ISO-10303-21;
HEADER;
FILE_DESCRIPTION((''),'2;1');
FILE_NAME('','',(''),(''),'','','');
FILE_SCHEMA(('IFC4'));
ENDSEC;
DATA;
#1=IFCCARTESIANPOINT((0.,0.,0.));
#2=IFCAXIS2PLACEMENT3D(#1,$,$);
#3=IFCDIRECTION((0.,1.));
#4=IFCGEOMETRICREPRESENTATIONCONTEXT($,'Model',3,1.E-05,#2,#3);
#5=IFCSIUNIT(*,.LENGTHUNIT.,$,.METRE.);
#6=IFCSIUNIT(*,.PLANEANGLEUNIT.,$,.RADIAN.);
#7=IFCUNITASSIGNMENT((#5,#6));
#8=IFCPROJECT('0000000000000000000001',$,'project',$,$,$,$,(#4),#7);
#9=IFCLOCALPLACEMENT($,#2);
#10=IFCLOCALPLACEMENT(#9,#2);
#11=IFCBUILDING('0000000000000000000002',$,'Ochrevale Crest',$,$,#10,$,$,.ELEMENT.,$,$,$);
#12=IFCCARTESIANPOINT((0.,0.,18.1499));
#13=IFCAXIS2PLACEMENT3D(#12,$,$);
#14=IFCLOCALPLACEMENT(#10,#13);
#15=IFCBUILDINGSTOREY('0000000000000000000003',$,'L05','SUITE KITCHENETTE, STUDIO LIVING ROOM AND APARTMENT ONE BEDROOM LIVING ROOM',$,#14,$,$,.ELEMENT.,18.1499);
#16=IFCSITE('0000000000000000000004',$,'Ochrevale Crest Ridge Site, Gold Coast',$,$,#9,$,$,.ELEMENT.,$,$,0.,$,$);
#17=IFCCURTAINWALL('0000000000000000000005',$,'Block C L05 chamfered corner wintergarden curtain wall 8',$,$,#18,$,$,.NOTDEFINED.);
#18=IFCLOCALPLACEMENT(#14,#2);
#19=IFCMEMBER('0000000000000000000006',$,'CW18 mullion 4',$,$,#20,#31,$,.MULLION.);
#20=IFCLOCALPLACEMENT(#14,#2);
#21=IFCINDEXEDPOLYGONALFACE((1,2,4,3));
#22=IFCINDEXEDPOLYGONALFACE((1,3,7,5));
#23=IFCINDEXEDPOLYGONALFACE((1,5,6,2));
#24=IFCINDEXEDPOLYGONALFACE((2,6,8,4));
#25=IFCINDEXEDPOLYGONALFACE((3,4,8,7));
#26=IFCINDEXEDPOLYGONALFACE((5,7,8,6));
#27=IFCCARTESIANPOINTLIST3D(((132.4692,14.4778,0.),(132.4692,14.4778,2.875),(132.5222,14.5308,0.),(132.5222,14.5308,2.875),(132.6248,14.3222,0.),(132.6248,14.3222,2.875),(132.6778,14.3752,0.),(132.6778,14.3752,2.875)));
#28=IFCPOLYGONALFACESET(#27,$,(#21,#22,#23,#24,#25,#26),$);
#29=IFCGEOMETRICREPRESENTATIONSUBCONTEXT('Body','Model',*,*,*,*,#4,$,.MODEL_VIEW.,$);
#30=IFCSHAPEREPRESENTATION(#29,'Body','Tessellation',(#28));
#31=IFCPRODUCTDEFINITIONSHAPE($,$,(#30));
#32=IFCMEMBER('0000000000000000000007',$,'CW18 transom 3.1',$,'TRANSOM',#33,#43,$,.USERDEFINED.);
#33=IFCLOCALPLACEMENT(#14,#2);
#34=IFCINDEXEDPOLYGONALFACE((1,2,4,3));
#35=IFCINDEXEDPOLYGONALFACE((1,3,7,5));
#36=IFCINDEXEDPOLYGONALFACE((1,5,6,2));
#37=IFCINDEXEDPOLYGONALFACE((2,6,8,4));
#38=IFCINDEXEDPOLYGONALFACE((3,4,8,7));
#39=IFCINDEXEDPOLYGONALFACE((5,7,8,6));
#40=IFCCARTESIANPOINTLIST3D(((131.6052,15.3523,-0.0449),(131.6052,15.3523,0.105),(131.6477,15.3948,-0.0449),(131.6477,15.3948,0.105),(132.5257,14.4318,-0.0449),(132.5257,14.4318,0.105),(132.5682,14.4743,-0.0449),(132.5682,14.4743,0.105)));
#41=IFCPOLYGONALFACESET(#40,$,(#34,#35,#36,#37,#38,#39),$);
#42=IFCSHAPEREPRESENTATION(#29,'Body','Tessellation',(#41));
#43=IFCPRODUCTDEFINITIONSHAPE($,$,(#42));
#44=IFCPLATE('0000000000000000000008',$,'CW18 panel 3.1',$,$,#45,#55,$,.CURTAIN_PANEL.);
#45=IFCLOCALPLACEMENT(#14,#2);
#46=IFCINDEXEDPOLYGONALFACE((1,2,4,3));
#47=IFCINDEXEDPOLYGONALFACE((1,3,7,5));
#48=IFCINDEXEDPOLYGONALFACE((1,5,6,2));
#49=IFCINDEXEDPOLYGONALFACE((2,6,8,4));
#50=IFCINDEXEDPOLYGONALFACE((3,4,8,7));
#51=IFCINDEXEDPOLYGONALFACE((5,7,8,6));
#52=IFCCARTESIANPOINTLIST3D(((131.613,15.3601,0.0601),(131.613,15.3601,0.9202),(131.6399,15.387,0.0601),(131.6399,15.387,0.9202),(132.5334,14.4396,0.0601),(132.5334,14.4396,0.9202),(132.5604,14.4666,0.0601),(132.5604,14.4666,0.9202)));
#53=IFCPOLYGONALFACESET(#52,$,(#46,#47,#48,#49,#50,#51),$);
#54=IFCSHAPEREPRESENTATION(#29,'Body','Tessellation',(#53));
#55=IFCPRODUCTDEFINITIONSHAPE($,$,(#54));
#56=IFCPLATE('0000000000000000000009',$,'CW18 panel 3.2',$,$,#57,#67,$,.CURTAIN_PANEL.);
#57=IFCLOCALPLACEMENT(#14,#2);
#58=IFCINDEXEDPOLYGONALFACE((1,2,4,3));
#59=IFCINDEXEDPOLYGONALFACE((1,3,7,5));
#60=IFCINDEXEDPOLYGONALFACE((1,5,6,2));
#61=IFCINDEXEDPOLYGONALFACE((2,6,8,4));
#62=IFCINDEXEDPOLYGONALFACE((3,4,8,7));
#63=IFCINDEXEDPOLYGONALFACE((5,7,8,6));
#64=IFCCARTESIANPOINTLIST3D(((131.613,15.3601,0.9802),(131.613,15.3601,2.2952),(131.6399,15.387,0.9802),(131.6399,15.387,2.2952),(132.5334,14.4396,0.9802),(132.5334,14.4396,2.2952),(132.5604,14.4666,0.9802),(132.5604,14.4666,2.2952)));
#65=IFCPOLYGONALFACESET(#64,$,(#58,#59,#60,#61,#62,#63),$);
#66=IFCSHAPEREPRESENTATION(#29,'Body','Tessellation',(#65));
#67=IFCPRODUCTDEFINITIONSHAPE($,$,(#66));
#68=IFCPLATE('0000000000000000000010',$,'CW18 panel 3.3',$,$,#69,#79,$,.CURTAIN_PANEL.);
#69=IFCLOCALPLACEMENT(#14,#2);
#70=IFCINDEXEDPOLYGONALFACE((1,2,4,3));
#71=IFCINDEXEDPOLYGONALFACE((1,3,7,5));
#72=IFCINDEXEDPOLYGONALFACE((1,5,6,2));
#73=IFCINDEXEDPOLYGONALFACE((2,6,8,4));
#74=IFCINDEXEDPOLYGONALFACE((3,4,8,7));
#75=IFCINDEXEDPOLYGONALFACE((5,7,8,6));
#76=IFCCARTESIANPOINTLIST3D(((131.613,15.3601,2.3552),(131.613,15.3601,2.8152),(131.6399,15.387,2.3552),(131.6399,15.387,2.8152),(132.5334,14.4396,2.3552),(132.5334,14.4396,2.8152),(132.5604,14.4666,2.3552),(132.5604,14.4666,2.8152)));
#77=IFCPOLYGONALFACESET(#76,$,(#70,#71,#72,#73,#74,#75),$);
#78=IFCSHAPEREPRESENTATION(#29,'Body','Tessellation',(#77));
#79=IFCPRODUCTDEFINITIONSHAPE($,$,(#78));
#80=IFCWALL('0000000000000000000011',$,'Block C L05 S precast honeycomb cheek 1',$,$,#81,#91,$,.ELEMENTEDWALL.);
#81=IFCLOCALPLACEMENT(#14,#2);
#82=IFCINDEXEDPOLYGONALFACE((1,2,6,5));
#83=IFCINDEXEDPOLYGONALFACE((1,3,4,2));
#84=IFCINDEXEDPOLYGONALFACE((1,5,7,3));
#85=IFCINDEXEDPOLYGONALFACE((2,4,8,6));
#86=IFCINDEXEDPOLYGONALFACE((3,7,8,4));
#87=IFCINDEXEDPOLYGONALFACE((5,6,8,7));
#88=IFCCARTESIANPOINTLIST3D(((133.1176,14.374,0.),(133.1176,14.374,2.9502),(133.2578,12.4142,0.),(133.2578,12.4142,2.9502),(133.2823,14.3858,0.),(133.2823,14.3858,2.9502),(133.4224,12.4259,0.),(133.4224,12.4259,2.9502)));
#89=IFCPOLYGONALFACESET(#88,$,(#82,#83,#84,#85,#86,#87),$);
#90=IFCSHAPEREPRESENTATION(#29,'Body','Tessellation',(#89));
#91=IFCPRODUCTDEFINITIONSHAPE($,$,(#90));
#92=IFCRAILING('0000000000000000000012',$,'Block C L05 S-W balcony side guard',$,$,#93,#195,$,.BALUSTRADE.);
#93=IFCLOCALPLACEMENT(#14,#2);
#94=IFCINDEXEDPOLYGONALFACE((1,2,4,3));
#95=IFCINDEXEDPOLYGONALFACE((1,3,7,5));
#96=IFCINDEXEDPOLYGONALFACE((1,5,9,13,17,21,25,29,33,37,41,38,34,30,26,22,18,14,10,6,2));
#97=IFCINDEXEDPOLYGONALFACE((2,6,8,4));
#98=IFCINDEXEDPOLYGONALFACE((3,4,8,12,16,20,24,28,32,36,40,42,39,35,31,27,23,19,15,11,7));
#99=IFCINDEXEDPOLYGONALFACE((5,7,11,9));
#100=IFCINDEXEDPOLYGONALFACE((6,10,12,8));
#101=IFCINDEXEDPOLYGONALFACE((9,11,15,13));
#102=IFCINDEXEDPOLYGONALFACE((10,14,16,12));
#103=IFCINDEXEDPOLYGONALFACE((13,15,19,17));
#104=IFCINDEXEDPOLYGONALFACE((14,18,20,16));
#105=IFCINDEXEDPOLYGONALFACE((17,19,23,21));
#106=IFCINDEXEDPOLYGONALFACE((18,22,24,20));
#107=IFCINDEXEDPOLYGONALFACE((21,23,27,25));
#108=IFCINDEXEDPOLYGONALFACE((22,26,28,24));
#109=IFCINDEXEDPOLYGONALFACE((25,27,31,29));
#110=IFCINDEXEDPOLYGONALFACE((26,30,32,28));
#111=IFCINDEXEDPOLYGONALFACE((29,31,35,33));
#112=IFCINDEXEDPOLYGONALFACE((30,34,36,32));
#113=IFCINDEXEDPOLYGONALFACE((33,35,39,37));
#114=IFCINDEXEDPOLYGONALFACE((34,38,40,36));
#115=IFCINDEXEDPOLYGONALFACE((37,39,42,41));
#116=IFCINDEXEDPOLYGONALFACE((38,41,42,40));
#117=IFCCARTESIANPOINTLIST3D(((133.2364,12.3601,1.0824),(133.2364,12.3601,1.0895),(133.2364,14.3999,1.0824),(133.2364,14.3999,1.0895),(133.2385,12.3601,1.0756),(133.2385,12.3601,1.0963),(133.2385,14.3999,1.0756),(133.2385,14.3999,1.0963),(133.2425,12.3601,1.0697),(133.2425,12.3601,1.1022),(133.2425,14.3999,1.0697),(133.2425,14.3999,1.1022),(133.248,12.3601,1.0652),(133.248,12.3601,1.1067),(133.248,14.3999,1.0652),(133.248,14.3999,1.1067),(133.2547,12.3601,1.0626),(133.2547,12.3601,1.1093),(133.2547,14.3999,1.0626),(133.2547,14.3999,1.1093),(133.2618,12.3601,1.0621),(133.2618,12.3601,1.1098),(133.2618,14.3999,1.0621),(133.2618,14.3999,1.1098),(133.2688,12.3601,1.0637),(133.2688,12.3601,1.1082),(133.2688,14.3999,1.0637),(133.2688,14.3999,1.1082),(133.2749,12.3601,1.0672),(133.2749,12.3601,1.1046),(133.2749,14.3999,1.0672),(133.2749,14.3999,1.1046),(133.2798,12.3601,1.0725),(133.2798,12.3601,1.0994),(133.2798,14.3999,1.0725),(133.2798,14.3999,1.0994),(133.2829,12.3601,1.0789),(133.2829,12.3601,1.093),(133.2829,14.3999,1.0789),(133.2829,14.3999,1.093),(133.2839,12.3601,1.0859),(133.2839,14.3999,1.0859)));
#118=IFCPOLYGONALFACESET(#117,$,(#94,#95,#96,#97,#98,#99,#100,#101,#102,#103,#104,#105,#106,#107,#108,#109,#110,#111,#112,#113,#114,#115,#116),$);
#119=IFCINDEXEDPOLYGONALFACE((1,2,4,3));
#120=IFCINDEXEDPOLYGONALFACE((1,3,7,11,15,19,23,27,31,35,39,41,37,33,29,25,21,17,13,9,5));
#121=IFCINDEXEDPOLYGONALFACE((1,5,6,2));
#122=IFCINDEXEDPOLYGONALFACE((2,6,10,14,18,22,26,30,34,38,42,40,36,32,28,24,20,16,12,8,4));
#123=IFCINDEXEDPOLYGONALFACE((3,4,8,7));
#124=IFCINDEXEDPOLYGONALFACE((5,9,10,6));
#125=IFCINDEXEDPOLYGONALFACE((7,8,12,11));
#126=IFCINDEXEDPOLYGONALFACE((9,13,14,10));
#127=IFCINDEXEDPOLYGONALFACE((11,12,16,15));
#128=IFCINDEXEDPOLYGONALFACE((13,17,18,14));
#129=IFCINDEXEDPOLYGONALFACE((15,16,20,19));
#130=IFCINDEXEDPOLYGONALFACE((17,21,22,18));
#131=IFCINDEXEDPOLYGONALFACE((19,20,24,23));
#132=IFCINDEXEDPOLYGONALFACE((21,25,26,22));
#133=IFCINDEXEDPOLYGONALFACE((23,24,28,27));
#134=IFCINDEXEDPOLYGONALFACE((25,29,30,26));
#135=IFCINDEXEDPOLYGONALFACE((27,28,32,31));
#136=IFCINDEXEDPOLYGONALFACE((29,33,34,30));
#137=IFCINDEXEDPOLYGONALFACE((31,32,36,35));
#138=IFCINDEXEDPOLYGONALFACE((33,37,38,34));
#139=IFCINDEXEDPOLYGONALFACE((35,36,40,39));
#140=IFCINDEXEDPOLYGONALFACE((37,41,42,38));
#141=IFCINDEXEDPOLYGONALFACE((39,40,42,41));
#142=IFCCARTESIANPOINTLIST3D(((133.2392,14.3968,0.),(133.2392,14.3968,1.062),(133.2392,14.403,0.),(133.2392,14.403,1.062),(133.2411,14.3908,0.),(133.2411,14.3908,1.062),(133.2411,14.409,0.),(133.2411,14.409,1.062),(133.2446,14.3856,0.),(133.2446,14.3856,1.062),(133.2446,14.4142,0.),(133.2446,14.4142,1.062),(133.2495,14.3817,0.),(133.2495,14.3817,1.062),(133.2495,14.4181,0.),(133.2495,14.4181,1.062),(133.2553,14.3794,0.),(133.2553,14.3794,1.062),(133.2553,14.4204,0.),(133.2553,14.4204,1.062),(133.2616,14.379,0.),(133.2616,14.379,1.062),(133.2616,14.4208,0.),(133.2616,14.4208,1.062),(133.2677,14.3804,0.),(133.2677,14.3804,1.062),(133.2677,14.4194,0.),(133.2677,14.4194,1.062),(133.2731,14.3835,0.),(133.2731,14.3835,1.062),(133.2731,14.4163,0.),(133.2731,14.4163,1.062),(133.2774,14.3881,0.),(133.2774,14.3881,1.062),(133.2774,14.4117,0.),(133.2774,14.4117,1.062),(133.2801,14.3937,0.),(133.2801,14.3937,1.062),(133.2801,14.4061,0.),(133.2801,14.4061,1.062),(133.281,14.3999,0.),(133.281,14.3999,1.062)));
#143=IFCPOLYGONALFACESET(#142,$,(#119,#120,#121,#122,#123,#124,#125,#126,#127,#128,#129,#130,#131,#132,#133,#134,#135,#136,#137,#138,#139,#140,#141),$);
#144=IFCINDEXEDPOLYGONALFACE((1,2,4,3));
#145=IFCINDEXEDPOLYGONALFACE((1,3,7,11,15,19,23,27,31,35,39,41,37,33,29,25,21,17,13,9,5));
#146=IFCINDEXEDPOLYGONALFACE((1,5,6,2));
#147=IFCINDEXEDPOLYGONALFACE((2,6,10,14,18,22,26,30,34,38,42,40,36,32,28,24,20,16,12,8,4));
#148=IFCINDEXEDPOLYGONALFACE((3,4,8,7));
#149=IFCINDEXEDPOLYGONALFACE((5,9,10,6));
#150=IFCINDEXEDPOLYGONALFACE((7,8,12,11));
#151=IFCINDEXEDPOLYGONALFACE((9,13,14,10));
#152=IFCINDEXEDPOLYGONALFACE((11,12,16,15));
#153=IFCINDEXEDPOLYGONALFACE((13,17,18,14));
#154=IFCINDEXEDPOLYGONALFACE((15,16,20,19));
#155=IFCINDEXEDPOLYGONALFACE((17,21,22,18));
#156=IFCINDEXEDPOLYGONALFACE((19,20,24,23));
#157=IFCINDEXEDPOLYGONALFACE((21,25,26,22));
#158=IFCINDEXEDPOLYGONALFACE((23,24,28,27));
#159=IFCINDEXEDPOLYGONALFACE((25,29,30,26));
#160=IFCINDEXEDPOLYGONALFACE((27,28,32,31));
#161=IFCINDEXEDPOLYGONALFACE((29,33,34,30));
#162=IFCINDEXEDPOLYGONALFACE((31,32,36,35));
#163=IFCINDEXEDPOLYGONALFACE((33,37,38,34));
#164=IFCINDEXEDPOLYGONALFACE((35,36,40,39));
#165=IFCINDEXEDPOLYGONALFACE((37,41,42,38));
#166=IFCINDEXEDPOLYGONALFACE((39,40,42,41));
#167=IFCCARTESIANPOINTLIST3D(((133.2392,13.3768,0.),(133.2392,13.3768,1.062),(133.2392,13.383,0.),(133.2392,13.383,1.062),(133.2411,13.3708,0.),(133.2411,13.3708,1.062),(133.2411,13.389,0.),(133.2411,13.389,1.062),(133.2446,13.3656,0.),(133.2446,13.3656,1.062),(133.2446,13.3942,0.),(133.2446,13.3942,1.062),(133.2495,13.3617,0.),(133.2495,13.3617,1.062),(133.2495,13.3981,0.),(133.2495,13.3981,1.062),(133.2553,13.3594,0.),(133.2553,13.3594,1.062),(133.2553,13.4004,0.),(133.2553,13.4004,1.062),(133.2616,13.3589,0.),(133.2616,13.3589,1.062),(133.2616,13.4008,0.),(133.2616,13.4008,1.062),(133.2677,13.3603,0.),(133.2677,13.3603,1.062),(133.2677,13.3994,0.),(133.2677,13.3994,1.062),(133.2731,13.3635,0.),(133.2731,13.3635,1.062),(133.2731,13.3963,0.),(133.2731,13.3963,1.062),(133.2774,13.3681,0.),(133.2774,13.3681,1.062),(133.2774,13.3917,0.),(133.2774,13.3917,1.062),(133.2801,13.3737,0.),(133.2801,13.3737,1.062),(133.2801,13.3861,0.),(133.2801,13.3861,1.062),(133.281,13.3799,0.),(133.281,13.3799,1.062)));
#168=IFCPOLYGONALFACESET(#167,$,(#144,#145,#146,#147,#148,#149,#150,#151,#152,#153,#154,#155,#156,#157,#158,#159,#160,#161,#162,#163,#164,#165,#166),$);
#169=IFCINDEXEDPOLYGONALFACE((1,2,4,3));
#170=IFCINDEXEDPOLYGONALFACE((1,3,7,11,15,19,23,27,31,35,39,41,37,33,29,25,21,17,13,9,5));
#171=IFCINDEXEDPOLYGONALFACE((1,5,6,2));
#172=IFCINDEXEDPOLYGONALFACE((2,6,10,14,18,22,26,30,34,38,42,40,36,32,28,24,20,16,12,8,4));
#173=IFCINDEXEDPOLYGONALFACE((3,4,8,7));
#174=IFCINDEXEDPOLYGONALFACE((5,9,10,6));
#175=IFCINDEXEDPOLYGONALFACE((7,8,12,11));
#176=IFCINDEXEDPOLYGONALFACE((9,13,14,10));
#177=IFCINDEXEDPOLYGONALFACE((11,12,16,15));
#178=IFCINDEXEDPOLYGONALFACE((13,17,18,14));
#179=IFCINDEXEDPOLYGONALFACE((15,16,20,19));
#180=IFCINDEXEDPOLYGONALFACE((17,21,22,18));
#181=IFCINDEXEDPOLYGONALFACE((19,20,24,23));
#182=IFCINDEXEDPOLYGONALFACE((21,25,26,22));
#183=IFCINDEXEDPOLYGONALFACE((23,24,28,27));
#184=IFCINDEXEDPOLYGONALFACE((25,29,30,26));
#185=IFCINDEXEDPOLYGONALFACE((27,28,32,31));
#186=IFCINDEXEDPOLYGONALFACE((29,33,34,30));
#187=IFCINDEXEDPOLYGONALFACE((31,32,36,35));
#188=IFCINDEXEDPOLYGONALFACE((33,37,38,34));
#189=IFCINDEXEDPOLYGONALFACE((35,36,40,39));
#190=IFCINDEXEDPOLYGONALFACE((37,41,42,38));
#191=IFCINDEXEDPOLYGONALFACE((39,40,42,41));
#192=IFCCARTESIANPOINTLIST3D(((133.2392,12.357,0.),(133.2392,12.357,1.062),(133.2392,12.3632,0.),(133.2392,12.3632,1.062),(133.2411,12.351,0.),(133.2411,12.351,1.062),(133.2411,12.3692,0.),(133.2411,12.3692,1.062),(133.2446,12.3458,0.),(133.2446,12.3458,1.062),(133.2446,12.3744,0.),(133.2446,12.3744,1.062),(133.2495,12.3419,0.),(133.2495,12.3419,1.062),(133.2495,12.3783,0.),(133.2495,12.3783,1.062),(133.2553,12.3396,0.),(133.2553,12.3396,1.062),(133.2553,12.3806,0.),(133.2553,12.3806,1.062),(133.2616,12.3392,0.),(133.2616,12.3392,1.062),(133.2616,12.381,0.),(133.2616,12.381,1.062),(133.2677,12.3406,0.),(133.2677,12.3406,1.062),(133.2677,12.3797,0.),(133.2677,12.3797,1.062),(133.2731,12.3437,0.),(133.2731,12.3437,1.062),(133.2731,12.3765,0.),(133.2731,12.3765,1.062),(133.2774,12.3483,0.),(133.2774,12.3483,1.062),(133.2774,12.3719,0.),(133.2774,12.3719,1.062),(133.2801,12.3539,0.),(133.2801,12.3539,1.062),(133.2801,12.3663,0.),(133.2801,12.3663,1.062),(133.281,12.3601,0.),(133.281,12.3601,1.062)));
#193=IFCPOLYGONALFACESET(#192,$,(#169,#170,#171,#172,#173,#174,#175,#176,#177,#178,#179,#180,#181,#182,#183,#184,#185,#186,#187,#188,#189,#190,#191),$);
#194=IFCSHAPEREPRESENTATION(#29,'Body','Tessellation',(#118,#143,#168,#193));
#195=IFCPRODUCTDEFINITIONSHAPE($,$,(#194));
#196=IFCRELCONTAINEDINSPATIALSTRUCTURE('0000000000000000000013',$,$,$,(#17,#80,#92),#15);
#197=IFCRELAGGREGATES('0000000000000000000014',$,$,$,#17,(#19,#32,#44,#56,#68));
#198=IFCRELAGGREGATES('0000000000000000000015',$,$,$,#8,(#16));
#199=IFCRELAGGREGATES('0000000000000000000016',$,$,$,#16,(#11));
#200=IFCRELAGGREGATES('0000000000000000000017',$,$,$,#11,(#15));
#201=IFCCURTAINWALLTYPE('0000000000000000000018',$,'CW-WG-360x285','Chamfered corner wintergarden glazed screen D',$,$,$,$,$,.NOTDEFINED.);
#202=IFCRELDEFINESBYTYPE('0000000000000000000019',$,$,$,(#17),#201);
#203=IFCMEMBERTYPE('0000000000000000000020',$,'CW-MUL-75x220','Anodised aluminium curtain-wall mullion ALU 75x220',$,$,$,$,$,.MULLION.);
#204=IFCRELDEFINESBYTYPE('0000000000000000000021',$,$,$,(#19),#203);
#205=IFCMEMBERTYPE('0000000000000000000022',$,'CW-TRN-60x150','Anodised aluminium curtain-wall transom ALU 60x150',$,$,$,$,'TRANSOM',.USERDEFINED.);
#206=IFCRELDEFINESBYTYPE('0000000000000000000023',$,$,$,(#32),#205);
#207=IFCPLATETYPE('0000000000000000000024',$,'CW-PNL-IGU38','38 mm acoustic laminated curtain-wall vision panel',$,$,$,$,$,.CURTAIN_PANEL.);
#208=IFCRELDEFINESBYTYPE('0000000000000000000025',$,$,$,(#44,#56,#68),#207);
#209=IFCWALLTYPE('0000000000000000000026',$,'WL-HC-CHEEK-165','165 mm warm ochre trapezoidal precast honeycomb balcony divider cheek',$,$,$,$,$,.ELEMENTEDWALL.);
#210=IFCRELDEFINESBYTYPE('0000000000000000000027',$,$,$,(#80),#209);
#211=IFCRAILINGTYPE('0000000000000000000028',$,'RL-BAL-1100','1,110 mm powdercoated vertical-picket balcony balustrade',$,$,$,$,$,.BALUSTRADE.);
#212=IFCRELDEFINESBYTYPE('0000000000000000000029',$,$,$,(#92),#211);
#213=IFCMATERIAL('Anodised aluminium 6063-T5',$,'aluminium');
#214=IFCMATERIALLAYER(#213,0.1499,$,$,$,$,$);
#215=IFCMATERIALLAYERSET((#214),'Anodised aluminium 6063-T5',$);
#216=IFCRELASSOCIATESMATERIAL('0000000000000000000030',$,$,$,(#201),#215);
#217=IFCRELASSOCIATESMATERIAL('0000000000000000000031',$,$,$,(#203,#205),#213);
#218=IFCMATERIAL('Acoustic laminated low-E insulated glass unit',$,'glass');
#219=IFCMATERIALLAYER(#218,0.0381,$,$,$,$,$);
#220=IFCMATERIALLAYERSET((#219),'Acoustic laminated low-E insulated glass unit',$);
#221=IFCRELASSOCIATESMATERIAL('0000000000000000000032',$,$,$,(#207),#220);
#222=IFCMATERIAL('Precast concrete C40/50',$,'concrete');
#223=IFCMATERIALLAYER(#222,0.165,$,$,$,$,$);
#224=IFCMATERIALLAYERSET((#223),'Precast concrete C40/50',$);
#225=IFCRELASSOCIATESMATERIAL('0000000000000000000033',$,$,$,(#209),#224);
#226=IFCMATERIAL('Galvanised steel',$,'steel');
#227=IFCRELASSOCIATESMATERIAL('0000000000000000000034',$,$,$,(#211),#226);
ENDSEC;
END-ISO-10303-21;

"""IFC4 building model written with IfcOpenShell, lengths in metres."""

from ifc_helpers import new_model, si_unit, direction, frame, frame_2d, origin, origin_2d, place, context, subcontext, project, spatial, rectangle, circle, extrude, material, layer, layer_set, material_profile, profile_set, type_object, element, aggregate, save


model = new_model("IFC4")

# Units and contexts
model_context = context("Model", 3, precision=1e-05, world=origin(), true_north=direction((0.0, 1.0)))
body_context = subcontext(model_context, "Body", "Model", "MODEL_VIEW")
ifc_project = project(units=[si_unit("LENGTHUNIT", "METRE"), si_unit("PLANEANGLEUNIT", "RADIAN")], contexts=[model_context])

# Site, building, storey
site_placement = place(None, origin())
site = spatial("IfcSite", under=ifc_project, at=site_placement, Name="Ochrevale Crest Ridge Site, Gold Coast", CompositionType="ELEMENT", RefElevation=0.0)
building_placement = place(site_placement, origin())
building = spatial("IfcBuilding", under=site, at=building_placement, Name="Ochrevale Crest", CompositionType="ELEMENT")
storey_placement = place(building_placement, frame((0.0, 0.0, 18.1499)))
storey = spatial("IfcBuildingStorey", under=building, at=storey_placement, Name="L05", Description="SUITE KITCHENETTE, STUDIO LIVING ROOM AND APARTMENT ONE BEDROOM LIVING ROOM", CompositionType="ELEMENT", Elevation=18.1499)

# Curtain wall, members, plates
ifc_material_1 = material(Name="Anodised aluminium 6063-T5", Category="aluminium")
ifc_layer_1 = layer(ifc_material_1, 0.1499)
ifc_layer_set_1 = layer_set([ifc_layer_1], Name="Anodised aluminium 6063-T5")
curtain_wall_type = type_object("IfcCurtainWallType", Name="CW-WG-360x285", Description="Chamfered corner wintergarden glazed screen D", PredefinedType="NOTDEFINED", material=ifc_layer_set_1)
curtain_wall_placement = place(storey_placement, origin())
curtain_wall = element("IfcCurtainWall", 1, at=curtain_wall_placement, inside=storey, type_object=curtain_wall_type, Name="Block C L05 chamfered corner wintergarden curtain wall 8", PredefinedType="NOTDEFINED")
ifc_material_profile_1 = material_profile(ifc_material_1, rectangle(XDim=0.075, YDim=0.22, at=origin_2d()), Name="ALU 75x220")
ifc_profile_set_1 = profile_set([ifc_material_profile_1], Name="Anodised aluminium 6063-T5")
member_type_1 = type_object("IfcMemberType", Name="CW-MUL-75x220", Description="Anodised aluminium curtain-wall mullion ALU 75x220", PredefinedType="MULLION", material=ifc_profile_set_1)
member_1_placement = place(storey_placement, frame((132.5735, 14.4265, 0.0), z_axis=(0.0, 0.0, 1.0), x_axis=(0.707107, 0.707107, 0.0)))
member_1 = element("IfcMember", 2, at=member_1_placement, type_object=member_type_1, Name="CW18 mullion 4", PredefinedType="MULLION", context=body_context, shape_type="SweptSolid", body=[
    extrude(rectangle(XDim=0.075, YDim=0.22, at=origin_2d()), origin(), (0.0, 0.0, 1.0), 2.875),
])
ifc_material_profile_2 = material_profile(ifc_material_1, rectangle(XDim=0.0601, YDim=0.1499, at=origin_2d()), Name="ALU 60x150")
ifc_profile_set_2 = profile_set([ifc_material_profile_2], Name="Anodised aluminium 6063-T5")
member_type_2 = type_object("IfcMemberType", Name="CW-TRN-60x150", Description="Anodised aluminium curtain-wall transom ALU 60x150", ElementType="TRANSOM", PredefinedType="USERDEFINED", material=ifc_profile_set_2)
member_2_placement = place(storey_placement, frame((131.6265, 15.3735, 0.03), z_axis=(0.707107, -0.707107, 0.0), x_axis=(0.707107, 0.707107, 0.0)))
member_2 = element("IfcMember", 3, at=member_2_placement, type_object=member_type_2, Name="CW18 transom 3.1", ObjectType="TRANSOM", PredefinedType="USERDEFINED", context=body_context, shape_type="SweptSolid", body=[
    extrude(rectangle(XDim=0.0601, YDim=0.1499, at=origin_2d()), origin(), (0.0, 0.0, 1.0), 1.3018),
])
ifc_material_2 = material(Name="Acoustic laminated low-E insulated glass unit", Category="glass")
ifc_layer_2 = layer(ifc_material_2, 0.0381)
ifc_layer_set_2 = layer_set([ifc_layer_2], Name="Acoustic laminated low-E insulated glass unit")
plate_type = type_object("IfcPlateType", Name="CW-PNL-IGU38", Description="38 mm acoustic laminated curtain-wall vision panel", PredefinedType="CURTAIN_PANEL", material=ifc_layer_set_2)
plate_1_placement = place(storey_placement, frame((132.0867, 14.9133, 0.0601), z_axis=(0.0, 0.0, 1.0), x_axis=(0.707107, -0.707107, 0.0)))
plate_1 = element("IfcPlate", 4, at=plate_1_placement, type_object=plate_type, Name="CW18 panel 3.1", PredefinedType="CURTAIN_PANEL", context=body_context, shape_type="SweptSolid", body=[
    extrude(rectangle(XDim=1.3018, YDim=0.0381, at=origin_2d()), origin(), (0.0, 0.0, 1.0), 0.8601),
])
plate_2_placement = place(storey_placement, frame((132.0867, 14.9133, 0.9802), z_axis=(0.0, 0.0, 1.0), x_axis=(0.707107, -0.707107, 0.0)))
plate_2 = element("IfcPlate", 5, at=plate_2_placement, type_object=plate_type, Name="CW18 panel 3.2", PredefinedType="CURTAIN_PANEL", context=body_context, shape_type="SweptSolid", body=[
    extrude(rectangle(XDim=1.3018, YDim=0.0381, at=origin_2d()), origin(), (0.0, 0.0, 1.0), 1.3149),
])
plate_3_placement = place(storey_placement, frame((132.0867, 14.9133, 2.3552), z_axis=(0.0, 0.0, 1.0), x_axis=(0.707107, -0.707107, 0.0)))
plate_3 = element("IfcPlate", 6, at=plate_3_placement, type_object=plate_type, Name="CW18 panel 3.3", PredefinedType="CURTAIN_PANEL", context=body_context, shape_type="SweptSolid", body=[
    extrude(rectangle(XDim=1.3018, YDim=0.0381, at=origin_2d()), origin(), (0.0, 0.0, 1.0), 0.46),
])
aggregate(curtain_wall, [member_1, member_2, plate_1, plate_2, plate_3])

# Shared definitions
ifc_material_3 = material(Name="Precast concrete C40/50", Category="concrete")

# Wall
ifc_layer_3 = layer(ifc_material_3, 0.165)
ifc_layer_set_3 = layer_set([ifc_layer_3], Name="Precast concrete C40/50")
wall_type_1 = type_object("IfcWallType", Name="WL-HC-CHEEK-165", Description="165 mm warm ochre trapezoidal precast honeycomb balcony divider cheek", PredefinedType="ELEMENTEDWALL", material=ifc_layer_set_3)
wall_1_placement = place(storey_placement, frame((133.2, 14.3799, 0.0), z_axis=(0.0, 0.0, 1.0), x_axis=(0.071318, -0.997454, 0.0)))
element("IfcWall", 7, at=wall_1_placement, inside=storey, type_object=wall_type_1, Name="Block C L05 S precast honeycomb cheek 1", PredefinedType="ELEMENTEDWALL", context=body_context, shape_type="SweptSolid", body=[
    extrude(rectangle(XDim=1.9648, YDim=0.165, at=frame_2d((0.9824, 0.0))), origin(), (0.0, 0.0, 1.0), 2.9502),
])

# Railing
ifc_material_4 = material(Name="Galvanised steel", Category="steel")
railing_type = type_object("IfcRailingType", Name="RL-BAL-1100", Description="1,110 mm powdercoated vertical-picket balcony balustrade", PredefinedType="BALUSTRADE", material=ifc_material_4)
railing_1_placement = place(storey_placement, frame((133.26, 14.3999, 0.0)))
element("IfcRailing", 8, at=railing_1_placement, inside=storey, type_object=railing_type, Name="Block C L05 S-W balcony side guard", PredefinedType="BALUSTRADE", context=body_context, shape_type="SweptSolid", body=[
    extrude(circle(Radius=0.0239, at=origin_2d()), frame((0.0, 0.0, 1.0859), z_axis=(0.0, -1.0, 0.0), x_axis=(1.0, 0.0, 0.0)), (0.0, 0.0, 1.0), 2.0398),
    extrude(circle(Radius=0.021, at=origin_2d()), origin(), (0.0, 0.0, 1.0), 1.062),
    extrude(circle(Radius=0.021, at=origin_2d()), frame((0.0, -1.02, 0.0)), (0.0, 0.0, 1.0), 1.062),
    extrude(circle(Radius=0.021, at=origin_2d()), frame((0.0, -2.0398, 0.0)), (0.0, 0.0, 1.0), 1.062),
])

save(model, "model.ifc")
